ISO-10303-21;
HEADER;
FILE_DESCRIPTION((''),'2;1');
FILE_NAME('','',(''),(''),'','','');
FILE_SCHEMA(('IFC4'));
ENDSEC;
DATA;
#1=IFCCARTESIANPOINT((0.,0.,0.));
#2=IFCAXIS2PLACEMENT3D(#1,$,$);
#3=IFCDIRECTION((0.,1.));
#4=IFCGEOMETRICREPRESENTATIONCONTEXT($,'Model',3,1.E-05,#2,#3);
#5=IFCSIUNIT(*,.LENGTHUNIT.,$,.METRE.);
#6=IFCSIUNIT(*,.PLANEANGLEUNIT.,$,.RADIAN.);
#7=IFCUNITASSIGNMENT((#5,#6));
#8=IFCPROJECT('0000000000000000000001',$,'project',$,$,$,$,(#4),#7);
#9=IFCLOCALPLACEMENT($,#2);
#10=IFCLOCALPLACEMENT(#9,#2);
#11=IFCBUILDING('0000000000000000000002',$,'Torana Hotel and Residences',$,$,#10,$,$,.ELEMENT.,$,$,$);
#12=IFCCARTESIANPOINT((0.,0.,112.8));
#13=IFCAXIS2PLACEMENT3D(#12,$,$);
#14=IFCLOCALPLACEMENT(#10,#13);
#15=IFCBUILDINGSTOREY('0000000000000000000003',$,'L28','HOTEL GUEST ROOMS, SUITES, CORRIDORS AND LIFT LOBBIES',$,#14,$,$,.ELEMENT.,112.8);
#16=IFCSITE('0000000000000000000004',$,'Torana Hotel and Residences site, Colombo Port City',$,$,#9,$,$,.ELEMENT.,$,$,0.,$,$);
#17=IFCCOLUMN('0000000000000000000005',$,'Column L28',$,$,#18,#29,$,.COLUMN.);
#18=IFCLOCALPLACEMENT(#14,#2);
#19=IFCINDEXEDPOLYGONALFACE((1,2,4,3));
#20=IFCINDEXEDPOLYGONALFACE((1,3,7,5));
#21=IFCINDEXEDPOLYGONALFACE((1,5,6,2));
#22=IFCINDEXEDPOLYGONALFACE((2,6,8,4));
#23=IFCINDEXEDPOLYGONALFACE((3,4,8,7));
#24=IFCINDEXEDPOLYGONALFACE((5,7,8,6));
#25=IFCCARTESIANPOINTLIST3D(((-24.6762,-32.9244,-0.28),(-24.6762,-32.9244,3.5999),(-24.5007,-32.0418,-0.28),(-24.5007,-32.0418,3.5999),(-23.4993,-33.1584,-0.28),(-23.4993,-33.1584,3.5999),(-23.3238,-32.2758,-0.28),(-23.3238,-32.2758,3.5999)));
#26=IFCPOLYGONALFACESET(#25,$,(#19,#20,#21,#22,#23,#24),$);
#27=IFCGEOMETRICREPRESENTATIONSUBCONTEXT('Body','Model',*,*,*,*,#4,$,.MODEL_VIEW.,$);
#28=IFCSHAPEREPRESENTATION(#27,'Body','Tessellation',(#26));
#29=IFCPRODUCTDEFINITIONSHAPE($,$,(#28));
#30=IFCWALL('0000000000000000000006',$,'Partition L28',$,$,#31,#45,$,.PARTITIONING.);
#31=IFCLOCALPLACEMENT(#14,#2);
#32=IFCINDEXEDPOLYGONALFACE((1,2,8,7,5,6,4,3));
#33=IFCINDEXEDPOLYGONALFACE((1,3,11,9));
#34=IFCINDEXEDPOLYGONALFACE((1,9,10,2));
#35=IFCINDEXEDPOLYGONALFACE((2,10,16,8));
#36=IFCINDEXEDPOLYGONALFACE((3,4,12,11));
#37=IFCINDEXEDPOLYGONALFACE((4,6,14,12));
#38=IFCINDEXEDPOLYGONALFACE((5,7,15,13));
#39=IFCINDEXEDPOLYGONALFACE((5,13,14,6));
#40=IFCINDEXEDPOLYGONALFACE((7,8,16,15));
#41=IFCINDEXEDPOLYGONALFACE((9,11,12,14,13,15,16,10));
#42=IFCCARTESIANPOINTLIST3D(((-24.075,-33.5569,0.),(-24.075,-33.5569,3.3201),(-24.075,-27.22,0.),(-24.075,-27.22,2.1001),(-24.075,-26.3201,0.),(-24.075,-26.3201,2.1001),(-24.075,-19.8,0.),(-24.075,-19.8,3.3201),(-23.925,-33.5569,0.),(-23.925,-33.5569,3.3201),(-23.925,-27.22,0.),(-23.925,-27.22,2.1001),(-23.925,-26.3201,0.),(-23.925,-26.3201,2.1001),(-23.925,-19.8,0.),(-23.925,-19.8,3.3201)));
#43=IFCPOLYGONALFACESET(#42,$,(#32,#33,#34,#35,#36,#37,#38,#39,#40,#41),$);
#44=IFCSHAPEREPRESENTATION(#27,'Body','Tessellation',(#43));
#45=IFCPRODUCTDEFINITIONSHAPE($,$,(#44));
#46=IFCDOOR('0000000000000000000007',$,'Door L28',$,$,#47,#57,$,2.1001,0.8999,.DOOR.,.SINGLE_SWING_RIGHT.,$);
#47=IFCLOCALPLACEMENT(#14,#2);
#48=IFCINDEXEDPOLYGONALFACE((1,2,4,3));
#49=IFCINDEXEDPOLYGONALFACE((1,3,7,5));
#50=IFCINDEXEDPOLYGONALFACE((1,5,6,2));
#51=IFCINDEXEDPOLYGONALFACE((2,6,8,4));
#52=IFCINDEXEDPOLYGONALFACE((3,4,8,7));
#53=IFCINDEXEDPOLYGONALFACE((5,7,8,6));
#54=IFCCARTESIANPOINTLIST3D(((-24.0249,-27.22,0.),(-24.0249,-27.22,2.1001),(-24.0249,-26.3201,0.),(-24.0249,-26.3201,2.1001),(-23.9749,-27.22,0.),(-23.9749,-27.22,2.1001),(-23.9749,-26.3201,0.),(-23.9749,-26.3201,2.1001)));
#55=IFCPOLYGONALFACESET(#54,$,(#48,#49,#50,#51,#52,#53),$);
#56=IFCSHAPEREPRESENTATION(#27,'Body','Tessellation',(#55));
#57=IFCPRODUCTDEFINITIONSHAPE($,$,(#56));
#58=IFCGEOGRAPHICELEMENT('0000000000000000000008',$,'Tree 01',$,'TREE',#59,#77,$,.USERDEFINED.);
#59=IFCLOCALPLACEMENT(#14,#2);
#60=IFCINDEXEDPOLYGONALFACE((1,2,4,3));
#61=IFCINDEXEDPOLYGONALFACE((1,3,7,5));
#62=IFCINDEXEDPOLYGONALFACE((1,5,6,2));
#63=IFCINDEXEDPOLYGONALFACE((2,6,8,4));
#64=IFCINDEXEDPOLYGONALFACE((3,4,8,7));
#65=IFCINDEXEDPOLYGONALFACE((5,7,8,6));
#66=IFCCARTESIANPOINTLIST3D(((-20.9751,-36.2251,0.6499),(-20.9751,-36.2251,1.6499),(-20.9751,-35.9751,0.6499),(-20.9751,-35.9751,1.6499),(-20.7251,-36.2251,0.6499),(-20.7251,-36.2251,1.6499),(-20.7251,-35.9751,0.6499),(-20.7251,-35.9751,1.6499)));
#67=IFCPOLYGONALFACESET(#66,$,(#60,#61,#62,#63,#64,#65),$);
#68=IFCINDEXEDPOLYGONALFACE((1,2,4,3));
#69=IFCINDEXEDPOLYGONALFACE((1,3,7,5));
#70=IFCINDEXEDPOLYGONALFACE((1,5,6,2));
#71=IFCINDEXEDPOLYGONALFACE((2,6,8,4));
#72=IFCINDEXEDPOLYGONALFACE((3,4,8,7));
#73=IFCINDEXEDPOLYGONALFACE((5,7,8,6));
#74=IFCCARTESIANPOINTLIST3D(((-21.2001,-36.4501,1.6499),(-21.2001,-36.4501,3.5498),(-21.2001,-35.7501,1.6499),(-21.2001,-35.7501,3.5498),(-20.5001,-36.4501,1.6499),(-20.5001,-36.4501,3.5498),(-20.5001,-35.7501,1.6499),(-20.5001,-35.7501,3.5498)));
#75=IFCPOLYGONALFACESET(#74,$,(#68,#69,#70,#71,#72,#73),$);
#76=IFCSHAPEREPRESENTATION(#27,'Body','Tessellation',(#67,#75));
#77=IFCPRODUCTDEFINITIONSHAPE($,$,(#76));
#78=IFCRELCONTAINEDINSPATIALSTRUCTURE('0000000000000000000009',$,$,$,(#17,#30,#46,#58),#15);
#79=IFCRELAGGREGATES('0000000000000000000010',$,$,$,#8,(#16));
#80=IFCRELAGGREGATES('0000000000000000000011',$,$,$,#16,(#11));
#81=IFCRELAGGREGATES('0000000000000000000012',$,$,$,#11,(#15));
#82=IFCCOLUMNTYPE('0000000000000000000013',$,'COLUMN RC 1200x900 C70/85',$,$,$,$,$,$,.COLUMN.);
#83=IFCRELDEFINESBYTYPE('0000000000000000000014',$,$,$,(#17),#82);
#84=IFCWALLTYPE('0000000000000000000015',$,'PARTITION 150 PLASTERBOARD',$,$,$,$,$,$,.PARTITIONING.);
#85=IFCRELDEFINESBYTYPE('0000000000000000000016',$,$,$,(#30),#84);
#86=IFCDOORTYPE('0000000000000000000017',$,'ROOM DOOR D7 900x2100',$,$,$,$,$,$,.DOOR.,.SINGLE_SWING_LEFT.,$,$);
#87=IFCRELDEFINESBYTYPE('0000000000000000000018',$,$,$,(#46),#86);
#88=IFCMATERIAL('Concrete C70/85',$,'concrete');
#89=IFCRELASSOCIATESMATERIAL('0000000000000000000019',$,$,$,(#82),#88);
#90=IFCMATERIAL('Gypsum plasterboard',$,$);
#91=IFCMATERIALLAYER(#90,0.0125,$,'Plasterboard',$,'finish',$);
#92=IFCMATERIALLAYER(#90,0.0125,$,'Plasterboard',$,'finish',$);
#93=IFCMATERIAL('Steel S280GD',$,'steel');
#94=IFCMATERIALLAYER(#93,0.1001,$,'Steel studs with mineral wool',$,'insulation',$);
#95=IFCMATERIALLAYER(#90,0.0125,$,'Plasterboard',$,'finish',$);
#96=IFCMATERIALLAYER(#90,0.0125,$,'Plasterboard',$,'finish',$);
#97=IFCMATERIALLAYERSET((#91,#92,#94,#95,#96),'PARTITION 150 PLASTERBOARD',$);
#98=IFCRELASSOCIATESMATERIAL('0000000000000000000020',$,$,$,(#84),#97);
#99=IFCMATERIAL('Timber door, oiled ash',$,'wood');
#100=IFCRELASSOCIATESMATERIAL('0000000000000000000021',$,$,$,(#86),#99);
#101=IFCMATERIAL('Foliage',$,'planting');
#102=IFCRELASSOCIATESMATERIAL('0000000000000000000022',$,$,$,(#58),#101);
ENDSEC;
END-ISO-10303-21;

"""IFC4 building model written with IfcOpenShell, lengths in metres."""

from ifc_helpers import new_model, si_unit, direction, frame, frame_2d, origin, origin_2d, place, context, subcontext, project, spatial, rectangle, extrude, material, layer, layer_set, material_profile, profile_set, type_object, element, fill, save


model = new_model("IFC4")

# Units and contexts
model_context = context("Model", 3, precision=1e-05, world=origin(), true_north=direction((0.0, 1.0)))
body_context = subcontext(model_context, "Body", "Model", "MODEL_VIEW")
ifc_project = project(units=[si_unit("LENGTHUNIT", "METRE"), si_unit("PLANEANGLEUNIT", "RADIAN")], contexts=[model_context])

# Site, building, storey
site_placement = place(None, origin())
site = spatial("IfcSite", under=ifc_project, at=site_placement, Name="Torana Hotel and Residences site, Colombo Port City", CompositionType="ELEMENT", RefElevation=0.0)
building_placement = place(site_placement, origin())
building = spatial("IfcBuilding", under=site, at=building_placement, Name="Torana Hotel and Residences", CompositionType="ELEMENT")
storey_placement = place(building_placement, frame((0.0, 0.0, 112.8)))
storey = spatial("IfcBuildingStorey", under=building, at=storey_placement, Name="L28", Description="HOTEL GUEST ROOMS, SUITES, CORRIDORS AND LIFT LOBBIES", CompositionType="ELEMENT", Elevation=112.8)

# Column
ifc_material_1 = material(Name="Concrete C70/85", Category="concrete")
ifc_material_profile = material_profile(ifc_material_1, rectangle(XDim=1.2, YDim=0.8999, at=origin_2d()), Name="RC 1200x900")
ifc_profile_set = profile_set([ifc_material_profile], Name="Concrete C70/85")
column_type = type_object("IfcColumnType", Name="COLUMN RC 1200x900 C70/85", PredefinedType="COLUMN", material=ifc_profile_set)
column_placement = place(storey_placement, frame((-24.0, -32.6001, -0.28), z_axis=(0.0, 0.0, 1.0), x_axis=(-0.980792, 0.195056, 0.0)))
element("IfcColumn", 1, at=column_placement, inside=storey, type_object=column_type, Name="Column L28", PredefinedType="COLUMN", context=body_context, shape_type="SweptSolid", body=[
    extrude(rectangle(XDim=1.2, YDim=0.8999, at=origin_2d()), origin(), (0.0, 0.0, 1.0), 3.8799),
])

# Shared definitions
ifc_material_2 = material(Name="Steel S280GD", Category="steel")

# Wall, opening, door
ifc_material_3 = material(Name="Gypsum plasterboard")
ifc_layer_1 = layer(ifc_material_3, 0.0125, Name="Plasterboard", Category="finish")
ifc_layer_2 = layer(ifc_material_3, 0.0125, Name="Plasterboard", Category="finish")
ifc_layer_3 = layer(ifc_material_2, 0.1001, Name="Steel studs with mineral wool", Category="insulation")
ifc_layer_4 = layer(ifc_material_3, 0.0125, Name="Plasterboard", Category="finish")
ifc_layer_5 = layer(ifc_material_3, 0.0125, Name="Plasterboard", Category="finish")
ifc_layer_set_1 = layer_set([ifc_layer_1, ifc_layer_2, ifc_layer_3, ifc_layer_4, ifc_layer_5], Name="PARTITION 150 PLASTERBOARD")
wall_type_1 = type_object("IfcWallType", Name="PARTITION 150 PLASTERBOARD", PredefinedType="PARTITIONING", material=ifc_layer_set_1)
wall_1_placement = place(storey_placement, frame((-24.0, -33.5569, 0.0), z_axis=(0.0, 0.0, 1.0), x_axis=(0.0, 1.0, 0.0)))
wall_1 = element("IfcWall", 2, at=wall_1_placement, inside=storey, type_object=wall_type_1, Name="Partition L28", PredefinedType="PARTITIONING", context=body_context, shape_type="SweptSolid", body=[
    extrude(rectangle(XDim=13.7568, YDim=0.1499, at=frame_2d((6.8784, 0.0))), origin(), (0.0, 0.0, 1.0), 3.3201),
])
opening_1_placement = place(wall_1_placement, frame((6.3369, 0.0, 0.0)))
opening_1 = element("IfcOpeningElement", 3, at=opening_1_placement, cuts=wall_1, PredefinedType="OPENING", context=body_context, shape_type="SweptSolid", body=[
    extrude(rectangle(XDim=0.8999, YDim=2.1001, at=frame_2d((0.45, 1.05))), frame((0.0, 0.085, 0.0), z_axis=(0.0, -1.0, 0.0), x_axis=(1.0, 0.0, 0.0)), (0.0, 0.0, 1.0), 0.1699),
])
ifc_material_4 = material(Name="Timber door, oiled ash", Category="wood")
door_type_1 = type_object("IfcDoorType", Name="ROOM DOOR D7 900x2100", OperationType="SINGLE_SWING_LEFT", PredefinedType="DOOR", material=ifc_material_4)
door_1_placement = place(opening_1_placement, origin())
door_1 = element("IfcDoor", 4, at=door_1_placement, inside=storey, type_object=door_type_1, Name="Door L28", OperationType="SINGLE_SWING_RIGHT", OverallHeight=2.1001, OverallWidth=0.8999, PredefinedType="DOOR", context=body_context, shape_type="SweptSolid", body=[
    extrude(rectangle(XDim=0.8999, YDim=2.1001, at=frame_2d((0.45, 1.05))), frame((0.0, 0.0249, 0.0), z_axis=(0.0, -1.0, 0.0), x_axis=(1.0, 0.0, 0.0)), (0.0, 0.0, 1.0), 0.05),
])
fill(opening_1, door_1)

# Geographic element
ifc_material_5 = material(Name="Foliage", Category="planting")
geographic_element_placement = place(storey_placement, frame((-20.8501, -36.1001, 0.6499), z_axis=(0.0, 0.0, 1.0), x_axis=(1.0, 0.0, 0.0)))
element("IfcGeographicElement", 5, at=geographic_element_placement, inside=storey, material=ifc_material_5, Name="Tree 01", ObjectType="TREE", PredefinedType="USERDEFINED", context=body_context, shape_type="SweptSolid", body=[
    extrude(rectangle(XDim=0.25, YDim=0.25, at=origin_2d()), origin(), (0.0, 0.0, 1.0), 1.0),
    extrude(rectangle(XDim=0.7, YDim=0.7, at=origin_2d()), frame((0.0, 0.0, 1.0)), (0.0, 0.0, 1.0), 1.8999),
])

save(model, "model.ifc")
